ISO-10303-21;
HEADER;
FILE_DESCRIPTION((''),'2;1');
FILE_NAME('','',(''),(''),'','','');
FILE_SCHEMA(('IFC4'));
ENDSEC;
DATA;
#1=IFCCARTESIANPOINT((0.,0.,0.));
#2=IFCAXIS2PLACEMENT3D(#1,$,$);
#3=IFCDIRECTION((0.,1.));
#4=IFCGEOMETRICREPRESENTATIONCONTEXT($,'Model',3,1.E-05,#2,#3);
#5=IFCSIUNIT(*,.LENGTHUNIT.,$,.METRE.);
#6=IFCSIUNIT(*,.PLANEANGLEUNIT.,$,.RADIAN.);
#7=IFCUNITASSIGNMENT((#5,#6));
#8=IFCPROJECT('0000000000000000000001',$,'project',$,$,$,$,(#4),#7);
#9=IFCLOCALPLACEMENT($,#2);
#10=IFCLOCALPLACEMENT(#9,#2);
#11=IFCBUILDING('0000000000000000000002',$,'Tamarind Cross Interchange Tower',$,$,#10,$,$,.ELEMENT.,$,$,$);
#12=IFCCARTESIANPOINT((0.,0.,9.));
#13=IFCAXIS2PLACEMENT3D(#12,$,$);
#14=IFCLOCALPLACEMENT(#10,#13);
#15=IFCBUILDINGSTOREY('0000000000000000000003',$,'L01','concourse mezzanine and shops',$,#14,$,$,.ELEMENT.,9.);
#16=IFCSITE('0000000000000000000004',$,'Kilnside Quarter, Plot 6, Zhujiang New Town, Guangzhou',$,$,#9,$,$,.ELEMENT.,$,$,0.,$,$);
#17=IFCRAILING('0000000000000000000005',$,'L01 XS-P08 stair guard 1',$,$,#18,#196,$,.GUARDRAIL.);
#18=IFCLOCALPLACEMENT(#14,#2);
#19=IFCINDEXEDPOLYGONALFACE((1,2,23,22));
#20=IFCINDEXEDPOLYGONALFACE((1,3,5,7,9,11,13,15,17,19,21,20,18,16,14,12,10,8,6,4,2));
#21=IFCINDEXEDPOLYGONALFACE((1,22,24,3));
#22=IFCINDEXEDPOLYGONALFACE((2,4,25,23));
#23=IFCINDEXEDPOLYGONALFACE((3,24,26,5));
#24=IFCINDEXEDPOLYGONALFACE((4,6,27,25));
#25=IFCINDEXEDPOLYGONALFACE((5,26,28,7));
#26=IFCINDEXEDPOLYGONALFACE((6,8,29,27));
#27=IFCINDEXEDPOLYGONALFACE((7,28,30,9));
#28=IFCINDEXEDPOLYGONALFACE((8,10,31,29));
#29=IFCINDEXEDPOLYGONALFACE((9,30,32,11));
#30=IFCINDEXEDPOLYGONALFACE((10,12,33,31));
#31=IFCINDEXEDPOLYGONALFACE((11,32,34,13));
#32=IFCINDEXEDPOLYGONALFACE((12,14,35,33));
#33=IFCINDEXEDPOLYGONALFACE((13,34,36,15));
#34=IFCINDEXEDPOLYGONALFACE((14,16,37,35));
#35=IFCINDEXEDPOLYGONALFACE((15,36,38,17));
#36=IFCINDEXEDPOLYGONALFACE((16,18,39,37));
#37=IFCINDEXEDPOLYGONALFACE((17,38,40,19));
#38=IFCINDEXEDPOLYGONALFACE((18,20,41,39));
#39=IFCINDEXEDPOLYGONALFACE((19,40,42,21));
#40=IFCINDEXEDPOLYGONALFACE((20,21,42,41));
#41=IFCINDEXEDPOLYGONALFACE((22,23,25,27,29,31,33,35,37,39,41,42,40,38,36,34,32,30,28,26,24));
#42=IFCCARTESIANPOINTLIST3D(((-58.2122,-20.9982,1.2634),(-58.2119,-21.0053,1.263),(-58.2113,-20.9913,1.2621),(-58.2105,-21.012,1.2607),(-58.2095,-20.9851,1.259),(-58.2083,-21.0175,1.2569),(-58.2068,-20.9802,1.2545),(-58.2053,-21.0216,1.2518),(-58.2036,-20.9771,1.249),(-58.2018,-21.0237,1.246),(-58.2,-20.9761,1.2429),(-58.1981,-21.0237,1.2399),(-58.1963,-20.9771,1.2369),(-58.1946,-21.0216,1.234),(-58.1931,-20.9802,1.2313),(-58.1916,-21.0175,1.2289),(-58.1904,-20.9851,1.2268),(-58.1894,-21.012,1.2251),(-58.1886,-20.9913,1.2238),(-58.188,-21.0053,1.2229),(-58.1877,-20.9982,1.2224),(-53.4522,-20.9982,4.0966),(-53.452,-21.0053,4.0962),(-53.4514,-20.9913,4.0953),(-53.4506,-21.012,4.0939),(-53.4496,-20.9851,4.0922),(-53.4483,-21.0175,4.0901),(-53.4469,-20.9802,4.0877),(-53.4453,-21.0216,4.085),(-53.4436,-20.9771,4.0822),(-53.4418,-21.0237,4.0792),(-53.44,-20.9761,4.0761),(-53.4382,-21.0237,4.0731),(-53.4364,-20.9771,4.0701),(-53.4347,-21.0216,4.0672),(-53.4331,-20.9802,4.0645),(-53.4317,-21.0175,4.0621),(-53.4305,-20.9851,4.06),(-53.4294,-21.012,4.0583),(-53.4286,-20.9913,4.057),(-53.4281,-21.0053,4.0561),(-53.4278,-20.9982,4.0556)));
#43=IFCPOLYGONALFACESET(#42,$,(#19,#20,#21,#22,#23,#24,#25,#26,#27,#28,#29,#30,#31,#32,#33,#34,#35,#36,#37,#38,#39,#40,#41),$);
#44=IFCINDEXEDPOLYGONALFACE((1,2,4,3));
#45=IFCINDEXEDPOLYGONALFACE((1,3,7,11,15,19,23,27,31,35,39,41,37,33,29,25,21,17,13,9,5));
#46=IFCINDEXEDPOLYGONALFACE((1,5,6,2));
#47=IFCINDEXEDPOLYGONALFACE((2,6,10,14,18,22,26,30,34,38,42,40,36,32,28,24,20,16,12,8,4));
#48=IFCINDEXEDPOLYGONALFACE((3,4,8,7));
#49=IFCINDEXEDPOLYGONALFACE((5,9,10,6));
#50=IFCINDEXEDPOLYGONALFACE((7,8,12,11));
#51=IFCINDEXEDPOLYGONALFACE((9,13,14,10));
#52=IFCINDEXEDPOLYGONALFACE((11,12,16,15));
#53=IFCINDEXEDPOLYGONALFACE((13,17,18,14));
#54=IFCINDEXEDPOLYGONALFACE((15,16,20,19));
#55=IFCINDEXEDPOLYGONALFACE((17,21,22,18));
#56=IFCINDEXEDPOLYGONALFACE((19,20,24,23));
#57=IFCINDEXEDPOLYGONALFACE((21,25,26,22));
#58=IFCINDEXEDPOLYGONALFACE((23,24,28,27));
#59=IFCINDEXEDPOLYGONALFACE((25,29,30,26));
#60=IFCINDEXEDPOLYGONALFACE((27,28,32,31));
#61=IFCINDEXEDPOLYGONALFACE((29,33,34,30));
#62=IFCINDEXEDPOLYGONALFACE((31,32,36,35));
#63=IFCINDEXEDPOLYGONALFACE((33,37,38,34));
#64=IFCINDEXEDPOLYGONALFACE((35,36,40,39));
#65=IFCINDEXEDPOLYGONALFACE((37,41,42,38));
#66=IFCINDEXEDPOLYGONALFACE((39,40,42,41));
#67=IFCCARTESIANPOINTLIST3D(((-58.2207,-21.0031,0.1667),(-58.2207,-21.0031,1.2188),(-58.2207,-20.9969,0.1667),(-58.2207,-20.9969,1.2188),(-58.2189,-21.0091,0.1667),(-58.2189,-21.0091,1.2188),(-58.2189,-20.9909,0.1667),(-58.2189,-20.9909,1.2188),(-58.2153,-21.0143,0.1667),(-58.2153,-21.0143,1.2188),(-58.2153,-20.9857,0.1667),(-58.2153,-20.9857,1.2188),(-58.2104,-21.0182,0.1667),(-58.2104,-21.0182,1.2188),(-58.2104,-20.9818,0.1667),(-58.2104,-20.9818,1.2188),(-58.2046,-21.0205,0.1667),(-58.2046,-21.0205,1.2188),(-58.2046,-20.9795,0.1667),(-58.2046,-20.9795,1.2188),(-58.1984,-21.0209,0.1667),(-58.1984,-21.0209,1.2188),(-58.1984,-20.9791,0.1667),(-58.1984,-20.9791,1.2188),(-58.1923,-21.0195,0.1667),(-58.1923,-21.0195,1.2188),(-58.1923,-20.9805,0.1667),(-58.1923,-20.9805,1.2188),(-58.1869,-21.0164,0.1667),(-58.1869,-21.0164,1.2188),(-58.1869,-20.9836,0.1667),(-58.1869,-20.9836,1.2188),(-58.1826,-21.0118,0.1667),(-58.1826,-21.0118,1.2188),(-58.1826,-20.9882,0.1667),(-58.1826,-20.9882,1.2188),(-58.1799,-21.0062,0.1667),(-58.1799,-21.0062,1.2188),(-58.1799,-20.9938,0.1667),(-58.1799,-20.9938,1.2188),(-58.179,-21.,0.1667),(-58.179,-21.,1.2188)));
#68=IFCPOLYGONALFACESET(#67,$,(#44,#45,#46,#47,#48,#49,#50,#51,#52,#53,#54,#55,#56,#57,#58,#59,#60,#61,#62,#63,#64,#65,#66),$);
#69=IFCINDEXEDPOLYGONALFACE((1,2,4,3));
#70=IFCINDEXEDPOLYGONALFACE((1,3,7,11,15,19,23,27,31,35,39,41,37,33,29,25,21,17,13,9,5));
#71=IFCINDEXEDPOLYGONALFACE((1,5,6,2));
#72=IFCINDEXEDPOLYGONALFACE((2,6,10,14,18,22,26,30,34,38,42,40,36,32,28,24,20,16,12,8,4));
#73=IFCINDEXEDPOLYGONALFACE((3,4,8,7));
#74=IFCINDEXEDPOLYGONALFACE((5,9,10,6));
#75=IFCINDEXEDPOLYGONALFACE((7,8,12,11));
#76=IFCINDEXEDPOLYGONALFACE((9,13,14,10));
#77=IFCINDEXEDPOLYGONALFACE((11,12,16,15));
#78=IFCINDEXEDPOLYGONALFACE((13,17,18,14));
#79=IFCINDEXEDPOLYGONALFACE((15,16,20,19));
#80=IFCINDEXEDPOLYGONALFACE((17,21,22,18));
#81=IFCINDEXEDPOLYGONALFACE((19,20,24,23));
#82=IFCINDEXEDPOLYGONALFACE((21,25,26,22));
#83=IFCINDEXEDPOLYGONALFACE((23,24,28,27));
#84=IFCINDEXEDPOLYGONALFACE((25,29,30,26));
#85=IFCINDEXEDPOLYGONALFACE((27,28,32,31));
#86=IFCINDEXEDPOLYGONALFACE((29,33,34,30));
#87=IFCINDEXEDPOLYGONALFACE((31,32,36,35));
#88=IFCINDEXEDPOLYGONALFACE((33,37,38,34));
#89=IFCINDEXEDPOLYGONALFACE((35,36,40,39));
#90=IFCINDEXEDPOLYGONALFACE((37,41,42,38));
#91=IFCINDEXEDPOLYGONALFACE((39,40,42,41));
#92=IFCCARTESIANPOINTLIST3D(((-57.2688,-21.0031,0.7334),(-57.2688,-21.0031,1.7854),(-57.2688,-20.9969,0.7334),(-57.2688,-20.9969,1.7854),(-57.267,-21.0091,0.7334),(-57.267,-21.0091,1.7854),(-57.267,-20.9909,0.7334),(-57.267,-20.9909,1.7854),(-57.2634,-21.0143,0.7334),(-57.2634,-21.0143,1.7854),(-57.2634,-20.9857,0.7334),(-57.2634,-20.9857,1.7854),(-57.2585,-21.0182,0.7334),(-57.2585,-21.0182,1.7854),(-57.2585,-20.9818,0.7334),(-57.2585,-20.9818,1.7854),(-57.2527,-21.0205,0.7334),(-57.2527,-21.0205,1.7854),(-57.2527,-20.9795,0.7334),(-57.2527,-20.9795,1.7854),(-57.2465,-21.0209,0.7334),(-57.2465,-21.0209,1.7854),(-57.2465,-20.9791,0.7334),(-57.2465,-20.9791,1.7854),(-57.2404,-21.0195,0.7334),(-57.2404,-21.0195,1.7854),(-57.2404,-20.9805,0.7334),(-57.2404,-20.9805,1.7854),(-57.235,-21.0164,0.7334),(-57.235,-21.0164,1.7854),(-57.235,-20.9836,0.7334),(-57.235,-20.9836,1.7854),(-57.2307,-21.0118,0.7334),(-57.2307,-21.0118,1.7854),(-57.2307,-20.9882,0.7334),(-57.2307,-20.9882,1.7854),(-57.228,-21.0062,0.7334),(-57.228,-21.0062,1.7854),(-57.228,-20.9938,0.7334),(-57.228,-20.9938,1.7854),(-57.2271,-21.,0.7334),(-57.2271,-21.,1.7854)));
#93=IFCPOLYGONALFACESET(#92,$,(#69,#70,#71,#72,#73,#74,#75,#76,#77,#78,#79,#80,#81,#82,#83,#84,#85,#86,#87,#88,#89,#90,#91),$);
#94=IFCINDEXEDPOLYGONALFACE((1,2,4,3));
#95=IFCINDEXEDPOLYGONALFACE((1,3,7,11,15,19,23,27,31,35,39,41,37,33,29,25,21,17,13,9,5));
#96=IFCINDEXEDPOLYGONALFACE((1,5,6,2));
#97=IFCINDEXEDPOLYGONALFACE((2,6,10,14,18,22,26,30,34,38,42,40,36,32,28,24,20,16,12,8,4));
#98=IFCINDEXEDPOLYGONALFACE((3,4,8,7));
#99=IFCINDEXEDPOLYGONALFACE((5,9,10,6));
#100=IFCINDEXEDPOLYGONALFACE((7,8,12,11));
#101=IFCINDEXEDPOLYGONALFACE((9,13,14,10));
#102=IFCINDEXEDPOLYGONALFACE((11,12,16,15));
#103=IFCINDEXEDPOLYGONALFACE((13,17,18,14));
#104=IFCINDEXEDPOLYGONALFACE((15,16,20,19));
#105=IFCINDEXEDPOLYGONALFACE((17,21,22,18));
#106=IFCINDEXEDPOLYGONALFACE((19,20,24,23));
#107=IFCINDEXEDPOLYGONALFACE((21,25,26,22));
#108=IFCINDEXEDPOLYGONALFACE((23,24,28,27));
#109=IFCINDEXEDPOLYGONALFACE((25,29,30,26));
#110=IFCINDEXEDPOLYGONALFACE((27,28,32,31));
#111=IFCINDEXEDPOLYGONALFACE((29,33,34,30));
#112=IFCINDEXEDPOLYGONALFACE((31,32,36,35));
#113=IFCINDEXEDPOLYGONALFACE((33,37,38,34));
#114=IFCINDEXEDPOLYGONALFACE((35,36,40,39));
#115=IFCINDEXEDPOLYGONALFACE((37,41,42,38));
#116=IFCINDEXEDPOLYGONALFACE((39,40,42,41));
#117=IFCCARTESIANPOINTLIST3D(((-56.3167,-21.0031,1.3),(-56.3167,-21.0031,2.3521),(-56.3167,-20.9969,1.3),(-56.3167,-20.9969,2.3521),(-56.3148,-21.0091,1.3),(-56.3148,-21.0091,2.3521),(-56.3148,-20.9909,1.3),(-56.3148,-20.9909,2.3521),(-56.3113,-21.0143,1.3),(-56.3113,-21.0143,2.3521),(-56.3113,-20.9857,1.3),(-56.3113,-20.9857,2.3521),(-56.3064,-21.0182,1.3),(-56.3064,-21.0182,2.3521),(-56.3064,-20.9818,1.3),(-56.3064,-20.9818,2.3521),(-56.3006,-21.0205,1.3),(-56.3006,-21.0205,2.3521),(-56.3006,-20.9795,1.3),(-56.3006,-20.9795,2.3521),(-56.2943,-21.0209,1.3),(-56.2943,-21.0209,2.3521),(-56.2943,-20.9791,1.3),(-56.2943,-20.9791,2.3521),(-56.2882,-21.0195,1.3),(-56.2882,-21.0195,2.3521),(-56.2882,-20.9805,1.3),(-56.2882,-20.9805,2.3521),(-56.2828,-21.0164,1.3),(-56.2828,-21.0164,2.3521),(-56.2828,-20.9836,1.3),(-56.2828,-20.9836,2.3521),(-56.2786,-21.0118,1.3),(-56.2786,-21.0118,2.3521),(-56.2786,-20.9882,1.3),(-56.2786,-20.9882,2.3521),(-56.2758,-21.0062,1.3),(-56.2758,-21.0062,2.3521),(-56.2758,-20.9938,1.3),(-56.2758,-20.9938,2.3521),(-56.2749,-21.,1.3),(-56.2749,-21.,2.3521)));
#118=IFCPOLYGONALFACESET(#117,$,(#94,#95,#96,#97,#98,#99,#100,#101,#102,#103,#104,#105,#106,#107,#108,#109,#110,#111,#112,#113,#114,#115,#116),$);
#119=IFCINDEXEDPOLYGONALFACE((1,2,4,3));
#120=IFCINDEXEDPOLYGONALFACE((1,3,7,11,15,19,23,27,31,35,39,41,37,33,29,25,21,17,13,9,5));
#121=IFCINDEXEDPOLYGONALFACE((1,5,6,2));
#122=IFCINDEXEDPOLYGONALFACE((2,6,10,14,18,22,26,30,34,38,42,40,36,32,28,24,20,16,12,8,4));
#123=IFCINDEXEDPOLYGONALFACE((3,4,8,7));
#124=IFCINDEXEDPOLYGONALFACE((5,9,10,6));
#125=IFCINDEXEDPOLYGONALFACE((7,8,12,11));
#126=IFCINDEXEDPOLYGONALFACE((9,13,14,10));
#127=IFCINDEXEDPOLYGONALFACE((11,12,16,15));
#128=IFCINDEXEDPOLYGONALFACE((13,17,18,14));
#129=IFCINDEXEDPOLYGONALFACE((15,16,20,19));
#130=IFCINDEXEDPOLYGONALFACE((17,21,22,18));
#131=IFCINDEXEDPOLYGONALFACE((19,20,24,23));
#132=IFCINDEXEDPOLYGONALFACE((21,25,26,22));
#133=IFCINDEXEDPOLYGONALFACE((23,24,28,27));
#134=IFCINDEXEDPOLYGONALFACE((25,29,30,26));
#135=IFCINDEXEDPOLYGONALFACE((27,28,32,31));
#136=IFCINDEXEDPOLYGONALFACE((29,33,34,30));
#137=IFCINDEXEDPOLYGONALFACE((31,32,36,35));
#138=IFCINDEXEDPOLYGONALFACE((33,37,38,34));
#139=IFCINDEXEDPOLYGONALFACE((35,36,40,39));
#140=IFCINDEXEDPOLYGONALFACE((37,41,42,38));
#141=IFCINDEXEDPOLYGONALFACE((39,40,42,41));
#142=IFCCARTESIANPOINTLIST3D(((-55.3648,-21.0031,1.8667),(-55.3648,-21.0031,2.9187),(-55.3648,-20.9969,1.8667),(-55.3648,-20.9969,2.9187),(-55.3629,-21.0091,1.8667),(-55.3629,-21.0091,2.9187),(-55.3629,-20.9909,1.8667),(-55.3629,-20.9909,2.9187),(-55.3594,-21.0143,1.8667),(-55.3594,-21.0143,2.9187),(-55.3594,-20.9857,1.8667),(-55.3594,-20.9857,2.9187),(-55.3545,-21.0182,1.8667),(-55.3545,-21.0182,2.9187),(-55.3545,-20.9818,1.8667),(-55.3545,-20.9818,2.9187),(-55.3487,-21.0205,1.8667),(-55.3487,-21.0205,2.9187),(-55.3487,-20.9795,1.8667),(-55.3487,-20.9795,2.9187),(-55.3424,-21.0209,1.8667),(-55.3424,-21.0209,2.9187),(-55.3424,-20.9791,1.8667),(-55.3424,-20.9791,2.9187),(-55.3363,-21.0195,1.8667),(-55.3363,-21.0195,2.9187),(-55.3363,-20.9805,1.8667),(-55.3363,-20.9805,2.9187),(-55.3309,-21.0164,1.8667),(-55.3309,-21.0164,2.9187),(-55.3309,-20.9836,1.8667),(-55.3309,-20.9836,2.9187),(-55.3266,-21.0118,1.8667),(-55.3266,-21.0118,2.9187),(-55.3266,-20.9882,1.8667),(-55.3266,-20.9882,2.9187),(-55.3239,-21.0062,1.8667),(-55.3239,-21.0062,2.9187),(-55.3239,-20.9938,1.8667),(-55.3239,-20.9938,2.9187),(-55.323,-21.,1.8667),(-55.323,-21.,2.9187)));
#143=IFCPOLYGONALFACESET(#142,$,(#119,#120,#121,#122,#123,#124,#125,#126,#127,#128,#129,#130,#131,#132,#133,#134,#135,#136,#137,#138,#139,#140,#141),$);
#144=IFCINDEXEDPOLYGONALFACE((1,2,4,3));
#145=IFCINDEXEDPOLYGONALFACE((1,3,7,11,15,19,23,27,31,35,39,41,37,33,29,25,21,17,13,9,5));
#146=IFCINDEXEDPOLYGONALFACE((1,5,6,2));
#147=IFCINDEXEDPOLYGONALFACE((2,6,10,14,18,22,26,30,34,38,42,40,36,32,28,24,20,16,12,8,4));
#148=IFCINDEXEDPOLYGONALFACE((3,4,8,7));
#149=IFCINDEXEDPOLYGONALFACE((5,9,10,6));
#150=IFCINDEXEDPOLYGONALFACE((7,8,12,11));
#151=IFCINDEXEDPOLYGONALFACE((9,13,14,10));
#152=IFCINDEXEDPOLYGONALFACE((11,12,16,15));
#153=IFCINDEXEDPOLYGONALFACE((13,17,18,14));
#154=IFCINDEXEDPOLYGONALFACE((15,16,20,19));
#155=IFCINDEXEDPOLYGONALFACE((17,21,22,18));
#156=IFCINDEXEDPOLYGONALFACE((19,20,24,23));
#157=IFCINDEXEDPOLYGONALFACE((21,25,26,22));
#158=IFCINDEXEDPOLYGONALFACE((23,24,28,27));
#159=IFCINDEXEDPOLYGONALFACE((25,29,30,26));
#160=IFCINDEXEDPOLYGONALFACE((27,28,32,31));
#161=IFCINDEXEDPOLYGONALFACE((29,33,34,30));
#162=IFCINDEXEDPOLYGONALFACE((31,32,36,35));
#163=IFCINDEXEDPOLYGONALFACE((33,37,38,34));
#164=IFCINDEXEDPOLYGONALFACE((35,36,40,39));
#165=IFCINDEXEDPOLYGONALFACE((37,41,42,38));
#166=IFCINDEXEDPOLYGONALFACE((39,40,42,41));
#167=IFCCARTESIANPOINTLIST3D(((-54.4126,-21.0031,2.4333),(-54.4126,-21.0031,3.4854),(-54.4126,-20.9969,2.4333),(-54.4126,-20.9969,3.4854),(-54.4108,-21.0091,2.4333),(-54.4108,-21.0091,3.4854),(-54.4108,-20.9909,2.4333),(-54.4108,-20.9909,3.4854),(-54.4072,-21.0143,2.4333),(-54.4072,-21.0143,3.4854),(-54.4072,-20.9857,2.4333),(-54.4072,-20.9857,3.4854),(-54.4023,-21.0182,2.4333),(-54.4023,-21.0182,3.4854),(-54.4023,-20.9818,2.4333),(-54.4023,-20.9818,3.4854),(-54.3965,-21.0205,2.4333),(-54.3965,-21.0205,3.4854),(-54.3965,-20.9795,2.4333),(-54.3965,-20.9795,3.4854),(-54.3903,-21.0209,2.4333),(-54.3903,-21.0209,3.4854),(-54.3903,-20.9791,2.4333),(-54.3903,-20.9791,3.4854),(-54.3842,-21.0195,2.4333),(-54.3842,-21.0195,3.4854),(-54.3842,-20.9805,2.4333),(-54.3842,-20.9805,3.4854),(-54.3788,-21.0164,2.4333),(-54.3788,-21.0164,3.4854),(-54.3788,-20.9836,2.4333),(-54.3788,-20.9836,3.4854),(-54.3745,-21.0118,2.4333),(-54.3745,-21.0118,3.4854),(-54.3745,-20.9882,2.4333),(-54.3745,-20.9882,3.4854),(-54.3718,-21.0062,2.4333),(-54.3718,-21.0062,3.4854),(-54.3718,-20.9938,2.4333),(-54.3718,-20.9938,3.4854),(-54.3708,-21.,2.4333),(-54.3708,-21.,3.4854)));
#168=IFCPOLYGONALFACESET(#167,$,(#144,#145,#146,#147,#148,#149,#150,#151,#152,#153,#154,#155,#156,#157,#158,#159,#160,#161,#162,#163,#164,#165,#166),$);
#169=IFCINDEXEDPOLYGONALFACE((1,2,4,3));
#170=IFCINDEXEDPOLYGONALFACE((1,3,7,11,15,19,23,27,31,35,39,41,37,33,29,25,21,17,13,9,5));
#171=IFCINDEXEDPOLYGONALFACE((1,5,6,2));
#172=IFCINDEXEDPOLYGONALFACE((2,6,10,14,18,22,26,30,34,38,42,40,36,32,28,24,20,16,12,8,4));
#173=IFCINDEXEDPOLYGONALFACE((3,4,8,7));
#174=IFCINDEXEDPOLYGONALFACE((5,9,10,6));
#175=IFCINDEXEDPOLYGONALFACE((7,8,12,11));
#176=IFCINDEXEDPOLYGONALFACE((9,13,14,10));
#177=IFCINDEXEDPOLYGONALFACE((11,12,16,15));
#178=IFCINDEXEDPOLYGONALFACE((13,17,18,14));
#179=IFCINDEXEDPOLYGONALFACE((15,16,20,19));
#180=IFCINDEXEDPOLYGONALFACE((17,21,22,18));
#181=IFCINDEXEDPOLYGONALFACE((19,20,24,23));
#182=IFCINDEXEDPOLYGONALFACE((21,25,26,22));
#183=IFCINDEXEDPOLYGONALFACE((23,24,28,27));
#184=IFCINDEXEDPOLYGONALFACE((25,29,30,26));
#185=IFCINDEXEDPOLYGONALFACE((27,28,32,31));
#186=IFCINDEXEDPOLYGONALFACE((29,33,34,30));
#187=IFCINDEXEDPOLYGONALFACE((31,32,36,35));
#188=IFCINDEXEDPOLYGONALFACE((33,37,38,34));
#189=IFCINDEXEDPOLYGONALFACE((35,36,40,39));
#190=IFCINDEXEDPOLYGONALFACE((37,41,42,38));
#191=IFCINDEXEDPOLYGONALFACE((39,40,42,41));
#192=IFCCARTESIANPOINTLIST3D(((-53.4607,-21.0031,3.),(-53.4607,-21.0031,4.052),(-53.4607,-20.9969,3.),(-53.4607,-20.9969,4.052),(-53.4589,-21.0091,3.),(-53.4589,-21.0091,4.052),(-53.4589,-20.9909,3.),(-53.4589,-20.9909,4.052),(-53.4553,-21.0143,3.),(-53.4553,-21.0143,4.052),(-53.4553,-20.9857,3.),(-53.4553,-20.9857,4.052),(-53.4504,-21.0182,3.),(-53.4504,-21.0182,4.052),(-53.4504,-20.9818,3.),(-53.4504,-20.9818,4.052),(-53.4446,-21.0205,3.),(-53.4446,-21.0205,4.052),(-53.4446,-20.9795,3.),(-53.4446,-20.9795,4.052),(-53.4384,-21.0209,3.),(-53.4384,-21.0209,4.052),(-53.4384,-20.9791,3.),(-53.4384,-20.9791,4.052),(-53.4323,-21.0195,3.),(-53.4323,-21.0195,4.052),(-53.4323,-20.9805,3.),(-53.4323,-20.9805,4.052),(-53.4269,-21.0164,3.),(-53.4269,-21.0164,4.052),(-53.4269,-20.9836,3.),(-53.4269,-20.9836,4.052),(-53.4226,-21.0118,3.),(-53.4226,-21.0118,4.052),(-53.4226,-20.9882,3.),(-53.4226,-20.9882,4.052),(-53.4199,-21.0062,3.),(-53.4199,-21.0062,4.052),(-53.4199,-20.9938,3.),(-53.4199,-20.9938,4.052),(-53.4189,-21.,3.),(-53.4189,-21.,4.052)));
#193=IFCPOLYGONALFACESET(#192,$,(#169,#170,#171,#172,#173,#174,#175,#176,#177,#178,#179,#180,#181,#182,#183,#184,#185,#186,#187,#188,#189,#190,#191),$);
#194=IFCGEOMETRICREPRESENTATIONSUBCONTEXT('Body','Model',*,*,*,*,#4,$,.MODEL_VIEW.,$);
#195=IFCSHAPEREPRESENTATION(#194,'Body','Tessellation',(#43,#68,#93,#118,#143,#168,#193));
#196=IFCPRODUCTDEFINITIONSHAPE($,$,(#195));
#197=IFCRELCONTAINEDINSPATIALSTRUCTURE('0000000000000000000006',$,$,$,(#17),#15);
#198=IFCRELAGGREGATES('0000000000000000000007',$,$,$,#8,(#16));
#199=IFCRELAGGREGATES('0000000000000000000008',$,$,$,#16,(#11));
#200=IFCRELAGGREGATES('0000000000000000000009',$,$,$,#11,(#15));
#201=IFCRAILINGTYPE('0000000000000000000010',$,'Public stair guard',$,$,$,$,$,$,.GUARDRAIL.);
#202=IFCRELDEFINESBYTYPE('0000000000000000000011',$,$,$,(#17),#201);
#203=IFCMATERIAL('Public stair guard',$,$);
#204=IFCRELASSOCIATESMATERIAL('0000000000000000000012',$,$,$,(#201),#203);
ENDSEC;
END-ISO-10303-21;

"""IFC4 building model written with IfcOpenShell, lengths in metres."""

from ifc_helpers import new_model, si_unit, direction, frame, origin, origin_2d, place, context, subcontext, project, spatial, circle, extrude, material, type_object, element, save


model = new_model("IFC4")

# Units and contexts
model_context = context("Model", 3, precision=1e-05, world=origin(), true_north=direction((0.0, 1.0)))
body_context = subcontext(model_context, "Body", "Model", "MODEL_VIEW")
ifc_project = project(units=[si_unit("LENGTHUNIT", "METRE"), si_unit("PLANEANGLEUNIT", "RADIAN")], contexts=[model_context])

# Site, building, storey
site_placement = place(None, origin())
site = spatial("IfcSite", under=ifc_project, at=site_placement, Name="Kilnside Quarter, Plot 6, Zhujiang New Town, Guangzhou", CompositionType="ELEMENT", RefElevation=0.0)
building_placement = place(site_placement, origin())
building = spatial("IfcBuilding", under=site, at=building_placement, Name="Tamarind Cross Interchange Tower", CompositionType="ELEMENT")
storey_placement = place(building_placement, frame((0.0, 0.0, 9.0)))
storey = spatial("IfcBuildingStorey", under=building, at=storey_placement, Name="L01", Description="concourse mezzanine and shops", CompositionType="ELEMENT", Elevation=9.0)

# Railing
ifc_material_1 = material(Name="Public stair guard")
railing_type_1 = type_object("IfcRailingType", Name="Public stair guard", PredefinedType="GUARDRAIL", material=ifc_material_1)
railing_1_placement = place(storey_placement, frame((-58.2, -21.0, 0.1667)))
element("IfcRailing", 1, at=railing_1_placement, inside=storey, type_object=railing_type_1, Name="L01 XS-P08 stair guard 1", PredefinedType="GUARDRAIL", context=body_context, shape_type="SweptSolid", body=[
    extrude(circle(Radius=0.0239, at=origin_2d()), frame((0.0, 0.0, 1.0762), z_axis=(0.8593, 0.0, 0.511472), x_axis=(0.0, 1.0, 0.0)), (0.0, 0.0, 1.0), 5.5393),
    extrude(circle(Radius=0.021, at=origin_2d()), origin(), (0.0, 0.0, 1.0), 1.052),
    extrude(circle(Radius=0.021, at=origin_2d()), frame((0.9519, 0.0, 0.5667)), (0.0, 0.0, 1.0), 1.052),
    extrude(circle(Radius=0.021, at=origin_2d()), frame((1.9041, 0.0, 1.1333)), (0.0, 0.0, 1.0), 1.052),
    extrude(circle(Radius=0.021, at=origin_2d()), frame((2.856, 0.0, 1.7)), (0.0, 0.0, 1.0), 1.052),
    extrude(circle(Radius=0.021, at=origin_2d()), frame((3.8081, 0.0, 2.2666)), (0.0, 0.0, 1.0), 1.052),
    extrude(circle(Radius=0.021, at=origin_2d()), frame((4.76, 0.0, 2.8333)), (0.0, 0.0, 1.0), 1.052),
])

save(model, "model.ifc")
